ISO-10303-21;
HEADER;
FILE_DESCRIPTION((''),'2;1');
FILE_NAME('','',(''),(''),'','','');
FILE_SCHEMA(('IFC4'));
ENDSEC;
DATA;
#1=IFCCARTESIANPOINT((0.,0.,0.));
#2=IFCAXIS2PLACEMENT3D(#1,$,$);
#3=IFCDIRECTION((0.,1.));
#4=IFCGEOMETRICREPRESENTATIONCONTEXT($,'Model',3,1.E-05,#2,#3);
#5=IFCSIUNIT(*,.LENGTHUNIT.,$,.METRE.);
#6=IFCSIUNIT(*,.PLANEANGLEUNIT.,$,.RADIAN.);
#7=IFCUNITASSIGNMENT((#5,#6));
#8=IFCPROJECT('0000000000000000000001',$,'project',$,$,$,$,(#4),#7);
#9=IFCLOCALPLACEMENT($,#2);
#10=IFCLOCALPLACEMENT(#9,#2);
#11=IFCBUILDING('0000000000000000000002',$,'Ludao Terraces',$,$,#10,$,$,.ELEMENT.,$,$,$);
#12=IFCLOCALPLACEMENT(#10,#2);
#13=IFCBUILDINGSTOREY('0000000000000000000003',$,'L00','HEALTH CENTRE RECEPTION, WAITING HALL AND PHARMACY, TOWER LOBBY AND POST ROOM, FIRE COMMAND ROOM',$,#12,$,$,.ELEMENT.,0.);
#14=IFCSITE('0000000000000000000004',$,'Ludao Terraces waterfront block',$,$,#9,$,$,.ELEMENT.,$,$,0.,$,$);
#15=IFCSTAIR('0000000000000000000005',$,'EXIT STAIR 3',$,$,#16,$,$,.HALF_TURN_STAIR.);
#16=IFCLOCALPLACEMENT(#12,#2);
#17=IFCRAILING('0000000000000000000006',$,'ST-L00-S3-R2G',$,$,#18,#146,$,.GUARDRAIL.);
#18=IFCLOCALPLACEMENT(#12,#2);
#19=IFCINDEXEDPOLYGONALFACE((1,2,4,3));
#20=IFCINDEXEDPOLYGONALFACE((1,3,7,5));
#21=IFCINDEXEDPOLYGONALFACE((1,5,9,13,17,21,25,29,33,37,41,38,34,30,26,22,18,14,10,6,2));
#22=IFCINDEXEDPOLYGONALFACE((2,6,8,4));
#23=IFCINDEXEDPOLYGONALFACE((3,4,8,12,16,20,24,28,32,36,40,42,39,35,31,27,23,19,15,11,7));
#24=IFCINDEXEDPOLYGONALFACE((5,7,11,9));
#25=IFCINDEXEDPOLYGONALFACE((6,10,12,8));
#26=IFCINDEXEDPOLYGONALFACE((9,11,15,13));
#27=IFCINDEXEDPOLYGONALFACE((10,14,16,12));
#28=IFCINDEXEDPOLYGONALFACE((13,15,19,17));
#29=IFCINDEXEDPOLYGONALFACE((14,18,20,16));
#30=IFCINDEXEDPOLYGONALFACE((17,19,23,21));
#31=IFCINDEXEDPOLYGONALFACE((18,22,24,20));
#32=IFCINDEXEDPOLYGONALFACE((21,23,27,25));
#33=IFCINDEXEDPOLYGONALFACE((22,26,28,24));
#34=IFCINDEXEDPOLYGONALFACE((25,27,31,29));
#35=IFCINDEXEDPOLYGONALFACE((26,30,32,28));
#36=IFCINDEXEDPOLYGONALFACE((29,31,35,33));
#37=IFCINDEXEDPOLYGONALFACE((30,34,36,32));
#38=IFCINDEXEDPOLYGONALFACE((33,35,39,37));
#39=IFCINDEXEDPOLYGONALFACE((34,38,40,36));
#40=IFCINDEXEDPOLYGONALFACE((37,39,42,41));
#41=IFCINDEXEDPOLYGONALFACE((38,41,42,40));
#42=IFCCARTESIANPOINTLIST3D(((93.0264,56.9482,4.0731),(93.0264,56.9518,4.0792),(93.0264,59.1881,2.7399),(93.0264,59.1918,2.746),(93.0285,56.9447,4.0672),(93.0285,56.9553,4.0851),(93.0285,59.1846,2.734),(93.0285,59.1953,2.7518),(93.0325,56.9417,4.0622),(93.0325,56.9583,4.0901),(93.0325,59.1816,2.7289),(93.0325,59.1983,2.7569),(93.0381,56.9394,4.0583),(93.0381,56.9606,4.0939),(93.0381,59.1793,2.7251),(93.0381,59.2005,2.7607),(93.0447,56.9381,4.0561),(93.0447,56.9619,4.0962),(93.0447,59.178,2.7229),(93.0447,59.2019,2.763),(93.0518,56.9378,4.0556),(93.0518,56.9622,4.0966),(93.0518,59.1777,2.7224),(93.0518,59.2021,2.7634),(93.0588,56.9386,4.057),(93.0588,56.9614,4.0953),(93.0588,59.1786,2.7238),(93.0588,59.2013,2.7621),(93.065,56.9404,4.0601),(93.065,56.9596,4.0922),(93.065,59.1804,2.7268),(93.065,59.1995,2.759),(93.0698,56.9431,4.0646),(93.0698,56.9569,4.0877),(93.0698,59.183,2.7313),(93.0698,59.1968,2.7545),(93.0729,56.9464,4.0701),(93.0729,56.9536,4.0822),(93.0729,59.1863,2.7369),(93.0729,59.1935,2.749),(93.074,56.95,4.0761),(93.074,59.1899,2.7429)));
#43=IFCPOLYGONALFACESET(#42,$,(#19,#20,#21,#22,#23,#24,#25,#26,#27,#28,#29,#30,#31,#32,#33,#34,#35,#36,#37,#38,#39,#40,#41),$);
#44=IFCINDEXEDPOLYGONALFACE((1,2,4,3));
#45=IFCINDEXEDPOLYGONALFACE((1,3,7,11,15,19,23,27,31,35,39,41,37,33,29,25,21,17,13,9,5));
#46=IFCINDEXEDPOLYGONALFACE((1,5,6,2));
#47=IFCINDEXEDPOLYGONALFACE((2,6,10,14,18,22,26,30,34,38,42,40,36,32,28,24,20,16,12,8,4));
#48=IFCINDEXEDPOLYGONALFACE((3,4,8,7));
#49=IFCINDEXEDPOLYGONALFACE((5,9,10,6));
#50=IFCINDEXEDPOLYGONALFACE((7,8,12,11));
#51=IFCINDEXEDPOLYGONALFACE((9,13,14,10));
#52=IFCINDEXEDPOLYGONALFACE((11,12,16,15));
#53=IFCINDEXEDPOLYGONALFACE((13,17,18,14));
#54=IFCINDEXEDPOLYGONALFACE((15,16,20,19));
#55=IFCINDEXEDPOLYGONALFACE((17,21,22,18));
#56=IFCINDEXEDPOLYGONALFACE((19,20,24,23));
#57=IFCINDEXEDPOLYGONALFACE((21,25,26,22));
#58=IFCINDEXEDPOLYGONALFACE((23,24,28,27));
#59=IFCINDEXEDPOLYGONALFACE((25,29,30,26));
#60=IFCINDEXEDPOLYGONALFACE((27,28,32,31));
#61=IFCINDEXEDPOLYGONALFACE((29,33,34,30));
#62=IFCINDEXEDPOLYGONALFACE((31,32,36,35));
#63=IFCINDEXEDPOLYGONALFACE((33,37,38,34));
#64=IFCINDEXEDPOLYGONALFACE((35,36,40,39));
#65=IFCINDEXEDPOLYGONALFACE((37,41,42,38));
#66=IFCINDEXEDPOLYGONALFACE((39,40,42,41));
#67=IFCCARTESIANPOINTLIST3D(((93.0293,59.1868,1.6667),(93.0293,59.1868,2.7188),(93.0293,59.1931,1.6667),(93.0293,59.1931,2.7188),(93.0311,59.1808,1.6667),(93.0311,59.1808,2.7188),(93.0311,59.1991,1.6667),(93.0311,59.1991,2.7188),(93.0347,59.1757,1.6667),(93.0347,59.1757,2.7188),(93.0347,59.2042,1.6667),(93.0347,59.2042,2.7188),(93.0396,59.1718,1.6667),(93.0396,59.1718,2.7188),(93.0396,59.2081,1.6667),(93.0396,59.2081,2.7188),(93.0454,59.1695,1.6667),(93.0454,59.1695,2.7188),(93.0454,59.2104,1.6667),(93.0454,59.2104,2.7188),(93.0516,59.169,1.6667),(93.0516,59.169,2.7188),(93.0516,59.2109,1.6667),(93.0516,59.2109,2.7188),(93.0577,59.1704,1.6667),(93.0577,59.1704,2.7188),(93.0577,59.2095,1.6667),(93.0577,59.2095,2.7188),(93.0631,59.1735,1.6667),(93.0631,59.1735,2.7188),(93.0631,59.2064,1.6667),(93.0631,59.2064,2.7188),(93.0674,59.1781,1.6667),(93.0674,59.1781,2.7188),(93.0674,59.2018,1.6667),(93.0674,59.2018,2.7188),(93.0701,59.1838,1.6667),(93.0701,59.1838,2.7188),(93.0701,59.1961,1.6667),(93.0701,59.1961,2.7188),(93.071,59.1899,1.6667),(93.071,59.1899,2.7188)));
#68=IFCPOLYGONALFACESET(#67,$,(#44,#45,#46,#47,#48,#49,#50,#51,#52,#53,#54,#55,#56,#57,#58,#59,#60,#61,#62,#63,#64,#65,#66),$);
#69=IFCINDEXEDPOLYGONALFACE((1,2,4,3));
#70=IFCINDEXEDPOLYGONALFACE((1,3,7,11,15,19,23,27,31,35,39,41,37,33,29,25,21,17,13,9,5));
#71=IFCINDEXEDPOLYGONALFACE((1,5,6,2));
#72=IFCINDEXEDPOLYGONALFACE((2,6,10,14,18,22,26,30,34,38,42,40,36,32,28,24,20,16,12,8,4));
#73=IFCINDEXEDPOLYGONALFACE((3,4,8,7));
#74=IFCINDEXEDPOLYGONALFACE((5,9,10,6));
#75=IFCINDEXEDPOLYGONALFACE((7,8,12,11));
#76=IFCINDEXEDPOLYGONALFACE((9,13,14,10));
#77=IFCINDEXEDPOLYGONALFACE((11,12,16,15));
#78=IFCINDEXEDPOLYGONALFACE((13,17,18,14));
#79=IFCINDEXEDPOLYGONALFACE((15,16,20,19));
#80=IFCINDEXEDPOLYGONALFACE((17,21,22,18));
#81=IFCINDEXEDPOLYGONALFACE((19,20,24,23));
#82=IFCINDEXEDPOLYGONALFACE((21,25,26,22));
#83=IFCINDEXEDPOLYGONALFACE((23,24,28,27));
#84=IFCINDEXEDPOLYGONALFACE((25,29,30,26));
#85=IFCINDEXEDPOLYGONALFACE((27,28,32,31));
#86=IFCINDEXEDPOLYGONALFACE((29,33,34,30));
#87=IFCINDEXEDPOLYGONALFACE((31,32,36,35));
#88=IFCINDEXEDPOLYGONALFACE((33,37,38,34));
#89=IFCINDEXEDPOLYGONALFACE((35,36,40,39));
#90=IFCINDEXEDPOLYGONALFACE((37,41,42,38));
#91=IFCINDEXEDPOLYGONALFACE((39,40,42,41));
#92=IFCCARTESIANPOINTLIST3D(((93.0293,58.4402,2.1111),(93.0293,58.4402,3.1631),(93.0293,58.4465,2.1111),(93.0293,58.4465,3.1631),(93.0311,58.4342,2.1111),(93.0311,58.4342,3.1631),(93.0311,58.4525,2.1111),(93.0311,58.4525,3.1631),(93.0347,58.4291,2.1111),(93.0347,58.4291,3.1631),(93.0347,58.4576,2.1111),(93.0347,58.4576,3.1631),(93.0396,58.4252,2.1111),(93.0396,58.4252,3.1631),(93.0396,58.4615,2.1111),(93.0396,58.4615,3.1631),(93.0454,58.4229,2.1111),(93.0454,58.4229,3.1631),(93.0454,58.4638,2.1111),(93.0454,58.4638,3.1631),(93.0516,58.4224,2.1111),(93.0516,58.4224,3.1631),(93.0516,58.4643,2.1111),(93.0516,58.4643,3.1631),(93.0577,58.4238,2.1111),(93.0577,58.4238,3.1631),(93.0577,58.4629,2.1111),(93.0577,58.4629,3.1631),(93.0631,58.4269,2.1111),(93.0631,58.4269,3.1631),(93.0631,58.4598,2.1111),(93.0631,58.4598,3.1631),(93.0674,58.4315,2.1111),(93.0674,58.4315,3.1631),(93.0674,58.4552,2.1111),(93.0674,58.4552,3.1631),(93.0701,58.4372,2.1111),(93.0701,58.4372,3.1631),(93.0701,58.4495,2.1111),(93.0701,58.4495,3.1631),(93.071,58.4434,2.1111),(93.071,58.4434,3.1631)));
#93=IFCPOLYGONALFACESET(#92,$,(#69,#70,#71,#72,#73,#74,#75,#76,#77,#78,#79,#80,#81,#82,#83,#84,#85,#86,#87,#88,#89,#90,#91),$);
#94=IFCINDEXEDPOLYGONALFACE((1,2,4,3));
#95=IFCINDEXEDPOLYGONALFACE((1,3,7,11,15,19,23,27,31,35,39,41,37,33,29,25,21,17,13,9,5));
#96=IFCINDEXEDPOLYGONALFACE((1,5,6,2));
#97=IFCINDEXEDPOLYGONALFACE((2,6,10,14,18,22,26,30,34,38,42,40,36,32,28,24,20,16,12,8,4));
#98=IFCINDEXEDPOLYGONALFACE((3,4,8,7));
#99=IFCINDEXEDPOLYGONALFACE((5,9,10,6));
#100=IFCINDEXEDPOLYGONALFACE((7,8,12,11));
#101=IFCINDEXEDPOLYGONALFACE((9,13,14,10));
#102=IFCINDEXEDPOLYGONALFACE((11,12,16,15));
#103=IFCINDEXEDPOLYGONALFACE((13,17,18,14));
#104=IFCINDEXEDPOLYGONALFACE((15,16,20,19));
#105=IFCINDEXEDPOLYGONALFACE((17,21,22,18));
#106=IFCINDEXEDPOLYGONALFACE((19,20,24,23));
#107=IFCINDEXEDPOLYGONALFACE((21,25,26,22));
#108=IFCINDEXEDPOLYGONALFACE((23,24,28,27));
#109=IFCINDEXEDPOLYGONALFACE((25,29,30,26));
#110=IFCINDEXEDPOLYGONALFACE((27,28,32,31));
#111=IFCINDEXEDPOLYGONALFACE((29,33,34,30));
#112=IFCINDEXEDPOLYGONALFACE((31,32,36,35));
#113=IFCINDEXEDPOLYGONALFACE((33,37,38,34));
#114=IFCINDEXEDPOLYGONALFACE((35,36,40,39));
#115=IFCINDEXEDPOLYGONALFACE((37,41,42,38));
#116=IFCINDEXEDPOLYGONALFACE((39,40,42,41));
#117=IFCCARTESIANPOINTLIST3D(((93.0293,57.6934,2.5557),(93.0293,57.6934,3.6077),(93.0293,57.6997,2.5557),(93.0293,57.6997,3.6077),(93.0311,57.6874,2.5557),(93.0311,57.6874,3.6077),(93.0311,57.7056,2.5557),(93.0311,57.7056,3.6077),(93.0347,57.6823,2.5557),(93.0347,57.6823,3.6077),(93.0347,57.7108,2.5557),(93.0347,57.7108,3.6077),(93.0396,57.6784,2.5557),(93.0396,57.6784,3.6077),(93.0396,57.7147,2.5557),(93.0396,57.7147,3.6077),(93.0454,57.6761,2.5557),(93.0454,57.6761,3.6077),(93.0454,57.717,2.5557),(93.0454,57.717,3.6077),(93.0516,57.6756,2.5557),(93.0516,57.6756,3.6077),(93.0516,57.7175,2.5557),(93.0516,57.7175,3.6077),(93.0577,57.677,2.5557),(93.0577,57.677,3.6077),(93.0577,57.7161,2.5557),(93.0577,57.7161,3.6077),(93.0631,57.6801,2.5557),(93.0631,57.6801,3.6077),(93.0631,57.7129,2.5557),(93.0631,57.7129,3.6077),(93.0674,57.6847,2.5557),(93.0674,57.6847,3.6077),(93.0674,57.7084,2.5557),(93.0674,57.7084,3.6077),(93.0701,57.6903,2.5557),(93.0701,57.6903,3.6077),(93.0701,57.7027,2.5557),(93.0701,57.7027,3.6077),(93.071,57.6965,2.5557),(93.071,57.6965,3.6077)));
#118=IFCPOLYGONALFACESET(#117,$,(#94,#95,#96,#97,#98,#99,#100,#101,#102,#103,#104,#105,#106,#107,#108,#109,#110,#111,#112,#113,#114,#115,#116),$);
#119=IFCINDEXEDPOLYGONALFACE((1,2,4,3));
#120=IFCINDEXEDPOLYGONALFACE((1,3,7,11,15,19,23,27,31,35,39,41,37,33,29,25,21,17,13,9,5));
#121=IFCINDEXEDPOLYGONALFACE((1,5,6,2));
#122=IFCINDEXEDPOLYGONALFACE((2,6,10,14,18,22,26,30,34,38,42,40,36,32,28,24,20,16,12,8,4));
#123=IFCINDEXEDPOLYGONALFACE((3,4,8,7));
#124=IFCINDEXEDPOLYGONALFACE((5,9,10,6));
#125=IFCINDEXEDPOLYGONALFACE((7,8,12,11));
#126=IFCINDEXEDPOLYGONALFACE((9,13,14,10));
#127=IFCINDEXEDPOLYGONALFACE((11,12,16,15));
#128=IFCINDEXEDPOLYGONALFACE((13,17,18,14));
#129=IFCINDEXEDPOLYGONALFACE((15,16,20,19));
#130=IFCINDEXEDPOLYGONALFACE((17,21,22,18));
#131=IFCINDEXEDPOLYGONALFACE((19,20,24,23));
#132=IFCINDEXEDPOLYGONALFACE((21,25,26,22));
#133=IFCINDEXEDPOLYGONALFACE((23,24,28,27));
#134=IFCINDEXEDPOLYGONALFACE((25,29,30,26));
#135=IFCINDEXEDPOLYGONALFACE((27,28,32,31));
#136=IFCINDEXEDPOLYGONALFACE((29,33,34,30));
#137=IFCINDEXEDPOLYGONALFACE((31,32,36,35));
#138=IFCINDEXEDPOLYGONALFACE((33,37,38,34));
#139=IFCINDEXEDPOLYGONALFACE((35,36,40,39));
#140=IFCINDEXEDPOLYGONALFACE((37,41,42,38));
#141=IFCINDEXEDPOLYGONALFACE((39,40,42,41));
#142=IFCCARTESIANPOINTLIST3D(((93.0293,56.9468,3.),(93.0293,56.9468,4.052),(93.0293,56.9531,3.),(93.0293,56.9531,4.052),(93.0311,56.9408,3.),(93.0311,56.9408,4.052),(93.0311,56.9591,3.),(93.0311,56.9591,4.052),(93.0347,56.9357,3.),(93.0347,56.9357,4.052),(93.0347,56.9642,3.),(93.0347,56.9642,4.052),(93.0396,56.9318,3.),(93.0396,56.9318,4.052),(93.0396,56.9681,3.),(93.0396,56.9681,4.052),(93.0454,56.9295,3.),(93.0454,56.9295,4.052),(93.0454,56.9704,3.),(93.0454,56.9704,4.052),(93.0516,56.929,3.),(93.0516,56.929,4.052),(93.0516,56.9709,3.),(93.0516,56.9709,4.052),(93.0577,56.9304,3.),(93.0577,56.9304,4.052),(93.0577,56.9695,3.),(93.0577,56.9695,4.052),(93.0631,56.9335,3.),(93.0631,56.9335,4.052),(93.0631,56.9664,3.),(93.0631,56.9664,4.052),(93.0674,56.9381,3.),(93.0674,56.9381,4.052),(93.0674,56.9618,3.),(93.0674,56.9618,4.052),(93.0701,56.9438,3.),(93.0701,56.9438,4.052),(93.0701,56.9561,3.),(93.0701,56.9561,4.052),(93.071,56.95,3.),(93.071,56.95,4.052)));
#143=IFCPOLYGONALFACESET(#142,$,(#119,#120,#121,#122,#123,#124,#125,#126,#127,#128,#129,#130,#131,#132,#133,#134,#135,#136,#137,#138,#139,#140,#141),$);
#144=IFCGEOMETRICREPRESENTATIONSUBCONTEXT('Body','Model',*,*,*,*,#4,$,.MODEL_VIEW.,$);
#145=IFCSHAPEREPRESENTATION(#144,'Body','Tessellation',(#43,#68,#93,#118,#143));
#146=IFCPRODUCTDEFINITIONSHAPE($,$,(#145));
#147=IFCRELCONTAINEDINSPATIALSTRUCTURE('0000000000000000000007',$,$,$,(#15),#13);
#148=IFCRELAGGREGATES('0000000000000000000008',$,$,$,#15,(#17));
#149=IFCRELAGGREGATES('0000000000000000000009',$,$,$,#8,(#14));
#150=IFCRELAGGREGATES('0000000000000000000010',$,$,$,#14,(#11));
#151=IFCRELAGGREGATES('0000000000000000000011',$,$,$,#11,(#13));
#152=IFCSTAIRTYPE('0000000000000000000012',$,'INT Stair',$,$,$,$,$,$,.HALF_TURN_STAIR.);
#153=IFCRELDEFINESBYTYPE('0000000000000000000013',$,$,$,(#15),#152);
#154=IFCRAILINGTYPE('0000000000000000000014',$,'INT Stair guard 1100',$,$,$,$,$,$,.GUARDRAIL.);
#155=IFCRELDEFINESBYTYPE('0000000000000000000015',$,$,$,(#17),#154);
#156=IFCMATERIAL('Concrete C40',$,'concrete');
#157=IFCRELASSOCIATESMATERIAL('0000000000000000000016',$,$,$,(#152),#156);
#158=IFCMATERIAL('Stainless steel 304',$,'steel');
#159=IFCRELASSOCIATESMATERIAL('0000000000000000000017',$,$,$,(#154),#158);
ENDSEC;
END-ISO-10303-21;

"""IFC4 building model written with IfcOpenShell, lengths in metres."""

from ifc_helpers import new_model, si_unit, direction, frame, origin, origin_2d, place, context, subcontext, project, spatial, circle, extrude, material, type_object, element, aggregate, save


model = new_model("IFC4")

# Units and contexts
model_context = context("Model", 3, precision=1e-05, world=origin(), true_north=direction((0.0, 1.0)))
body_context = subcontext(model_context, "Body", "Model", "MODEL_VIEW")
ifc_project = project(units=[si_unit("LENGTHUNIT", "METRE"), si_unit("PLANEANGLEUNIT", "RADIAN")], contexts=[model_context])

# Site, building, storey
site_placement = place(None, origin())
site = spatial("IfcSite", under=ifc_project, at=site_placement, Name="Ludao Terraces waterfront block", CompositionType="ELEMENT", RefElevation=0.0)
building_placement = place(site_placement, origin())
building = spatial("IfcBuilding", under=site, at=building_placement, Name="Ludao Terraces", CompositionType="ELEMENT")
storey_placement = place(building_placement, origin())
storey = spatial("IfcBuildingStorey", under=building, at=storey_placement, Name="L00", Description="HEALTH CENTRE RECEPTION, WAITING HALL AND PHARMACY, TOWER LOBBY AND POST ROOM, FIRE COMMAND ROOM", CompositionType="ELEMENT", Elevation=0.0)

# Stair, railing
ifc_material_1 = material(Name="Concrete C40", Category="concrete")
stair_type = type_object("IfcStairType", Name="INT Stair", PredefinedType="HALF_TURN_STAIR", material=ifc_material_1)
stair_placement = place(storey_placement, origin())
stair = element("IfcStair", 1, at=stair_placement, inside=storey, type_object=stair_type, Name="EXIT STAIR 3", PredefinedType="HALF_TURN_STAIR")
ifc_material_2 = material(Name="Stainless steel 304", Category="steel")
railing_type_1 = type_object("IfcRailingType", Name="INT Stair guard 1100", PredefinedType="GUARDRAIL", material=ifc_material_2)
railing_1_placement = place(storey_placement, frame((93.05, 59.1899, 1.6667)))
railing_1 = element("IfcRailing", 2, at=railing_1_placement, type_object=railing_type_1, Name="ST-L00-S3-R2G", PredefinedType="GUARDRAIL", context=body_context, shape_type="SweptSolid", body=[
    extrude(circle(Radius=0.0239, at=origin_2d()), frame((0.0, 0.0, 1.0762), z_axis=(0.0, -0.859306, 0.511462), x_axis=(1.0, 0.0, 0.0)), (0.0, 0.0, 1.0), 2.6067),
    extrude(circle(Radius=0.021, at=origin_2d()), origin(), (0.0, 0.0, 1.0), 1.052),
    extrude(circle(Radius=0.021, at=origin_2d()), frame((0.0, -0.7466, 0.4443)), (0.0, 0.0, 1.0), 1.052),
    extrude(circle(Radius=0.021, at=origin_2d()), frame((0.0, -1.4934, 0.8889)), (0.0, 0.0, 1.0), 1.052),
    extrude(circle(Radius=0.021, at=origin_2d()), frame((0.0, -2.24, 1.3333)), (0.0, 0.0, 1.0), 1.052),
])
aggregate(stair, [railing_1])

save(model, "model.ifc")
